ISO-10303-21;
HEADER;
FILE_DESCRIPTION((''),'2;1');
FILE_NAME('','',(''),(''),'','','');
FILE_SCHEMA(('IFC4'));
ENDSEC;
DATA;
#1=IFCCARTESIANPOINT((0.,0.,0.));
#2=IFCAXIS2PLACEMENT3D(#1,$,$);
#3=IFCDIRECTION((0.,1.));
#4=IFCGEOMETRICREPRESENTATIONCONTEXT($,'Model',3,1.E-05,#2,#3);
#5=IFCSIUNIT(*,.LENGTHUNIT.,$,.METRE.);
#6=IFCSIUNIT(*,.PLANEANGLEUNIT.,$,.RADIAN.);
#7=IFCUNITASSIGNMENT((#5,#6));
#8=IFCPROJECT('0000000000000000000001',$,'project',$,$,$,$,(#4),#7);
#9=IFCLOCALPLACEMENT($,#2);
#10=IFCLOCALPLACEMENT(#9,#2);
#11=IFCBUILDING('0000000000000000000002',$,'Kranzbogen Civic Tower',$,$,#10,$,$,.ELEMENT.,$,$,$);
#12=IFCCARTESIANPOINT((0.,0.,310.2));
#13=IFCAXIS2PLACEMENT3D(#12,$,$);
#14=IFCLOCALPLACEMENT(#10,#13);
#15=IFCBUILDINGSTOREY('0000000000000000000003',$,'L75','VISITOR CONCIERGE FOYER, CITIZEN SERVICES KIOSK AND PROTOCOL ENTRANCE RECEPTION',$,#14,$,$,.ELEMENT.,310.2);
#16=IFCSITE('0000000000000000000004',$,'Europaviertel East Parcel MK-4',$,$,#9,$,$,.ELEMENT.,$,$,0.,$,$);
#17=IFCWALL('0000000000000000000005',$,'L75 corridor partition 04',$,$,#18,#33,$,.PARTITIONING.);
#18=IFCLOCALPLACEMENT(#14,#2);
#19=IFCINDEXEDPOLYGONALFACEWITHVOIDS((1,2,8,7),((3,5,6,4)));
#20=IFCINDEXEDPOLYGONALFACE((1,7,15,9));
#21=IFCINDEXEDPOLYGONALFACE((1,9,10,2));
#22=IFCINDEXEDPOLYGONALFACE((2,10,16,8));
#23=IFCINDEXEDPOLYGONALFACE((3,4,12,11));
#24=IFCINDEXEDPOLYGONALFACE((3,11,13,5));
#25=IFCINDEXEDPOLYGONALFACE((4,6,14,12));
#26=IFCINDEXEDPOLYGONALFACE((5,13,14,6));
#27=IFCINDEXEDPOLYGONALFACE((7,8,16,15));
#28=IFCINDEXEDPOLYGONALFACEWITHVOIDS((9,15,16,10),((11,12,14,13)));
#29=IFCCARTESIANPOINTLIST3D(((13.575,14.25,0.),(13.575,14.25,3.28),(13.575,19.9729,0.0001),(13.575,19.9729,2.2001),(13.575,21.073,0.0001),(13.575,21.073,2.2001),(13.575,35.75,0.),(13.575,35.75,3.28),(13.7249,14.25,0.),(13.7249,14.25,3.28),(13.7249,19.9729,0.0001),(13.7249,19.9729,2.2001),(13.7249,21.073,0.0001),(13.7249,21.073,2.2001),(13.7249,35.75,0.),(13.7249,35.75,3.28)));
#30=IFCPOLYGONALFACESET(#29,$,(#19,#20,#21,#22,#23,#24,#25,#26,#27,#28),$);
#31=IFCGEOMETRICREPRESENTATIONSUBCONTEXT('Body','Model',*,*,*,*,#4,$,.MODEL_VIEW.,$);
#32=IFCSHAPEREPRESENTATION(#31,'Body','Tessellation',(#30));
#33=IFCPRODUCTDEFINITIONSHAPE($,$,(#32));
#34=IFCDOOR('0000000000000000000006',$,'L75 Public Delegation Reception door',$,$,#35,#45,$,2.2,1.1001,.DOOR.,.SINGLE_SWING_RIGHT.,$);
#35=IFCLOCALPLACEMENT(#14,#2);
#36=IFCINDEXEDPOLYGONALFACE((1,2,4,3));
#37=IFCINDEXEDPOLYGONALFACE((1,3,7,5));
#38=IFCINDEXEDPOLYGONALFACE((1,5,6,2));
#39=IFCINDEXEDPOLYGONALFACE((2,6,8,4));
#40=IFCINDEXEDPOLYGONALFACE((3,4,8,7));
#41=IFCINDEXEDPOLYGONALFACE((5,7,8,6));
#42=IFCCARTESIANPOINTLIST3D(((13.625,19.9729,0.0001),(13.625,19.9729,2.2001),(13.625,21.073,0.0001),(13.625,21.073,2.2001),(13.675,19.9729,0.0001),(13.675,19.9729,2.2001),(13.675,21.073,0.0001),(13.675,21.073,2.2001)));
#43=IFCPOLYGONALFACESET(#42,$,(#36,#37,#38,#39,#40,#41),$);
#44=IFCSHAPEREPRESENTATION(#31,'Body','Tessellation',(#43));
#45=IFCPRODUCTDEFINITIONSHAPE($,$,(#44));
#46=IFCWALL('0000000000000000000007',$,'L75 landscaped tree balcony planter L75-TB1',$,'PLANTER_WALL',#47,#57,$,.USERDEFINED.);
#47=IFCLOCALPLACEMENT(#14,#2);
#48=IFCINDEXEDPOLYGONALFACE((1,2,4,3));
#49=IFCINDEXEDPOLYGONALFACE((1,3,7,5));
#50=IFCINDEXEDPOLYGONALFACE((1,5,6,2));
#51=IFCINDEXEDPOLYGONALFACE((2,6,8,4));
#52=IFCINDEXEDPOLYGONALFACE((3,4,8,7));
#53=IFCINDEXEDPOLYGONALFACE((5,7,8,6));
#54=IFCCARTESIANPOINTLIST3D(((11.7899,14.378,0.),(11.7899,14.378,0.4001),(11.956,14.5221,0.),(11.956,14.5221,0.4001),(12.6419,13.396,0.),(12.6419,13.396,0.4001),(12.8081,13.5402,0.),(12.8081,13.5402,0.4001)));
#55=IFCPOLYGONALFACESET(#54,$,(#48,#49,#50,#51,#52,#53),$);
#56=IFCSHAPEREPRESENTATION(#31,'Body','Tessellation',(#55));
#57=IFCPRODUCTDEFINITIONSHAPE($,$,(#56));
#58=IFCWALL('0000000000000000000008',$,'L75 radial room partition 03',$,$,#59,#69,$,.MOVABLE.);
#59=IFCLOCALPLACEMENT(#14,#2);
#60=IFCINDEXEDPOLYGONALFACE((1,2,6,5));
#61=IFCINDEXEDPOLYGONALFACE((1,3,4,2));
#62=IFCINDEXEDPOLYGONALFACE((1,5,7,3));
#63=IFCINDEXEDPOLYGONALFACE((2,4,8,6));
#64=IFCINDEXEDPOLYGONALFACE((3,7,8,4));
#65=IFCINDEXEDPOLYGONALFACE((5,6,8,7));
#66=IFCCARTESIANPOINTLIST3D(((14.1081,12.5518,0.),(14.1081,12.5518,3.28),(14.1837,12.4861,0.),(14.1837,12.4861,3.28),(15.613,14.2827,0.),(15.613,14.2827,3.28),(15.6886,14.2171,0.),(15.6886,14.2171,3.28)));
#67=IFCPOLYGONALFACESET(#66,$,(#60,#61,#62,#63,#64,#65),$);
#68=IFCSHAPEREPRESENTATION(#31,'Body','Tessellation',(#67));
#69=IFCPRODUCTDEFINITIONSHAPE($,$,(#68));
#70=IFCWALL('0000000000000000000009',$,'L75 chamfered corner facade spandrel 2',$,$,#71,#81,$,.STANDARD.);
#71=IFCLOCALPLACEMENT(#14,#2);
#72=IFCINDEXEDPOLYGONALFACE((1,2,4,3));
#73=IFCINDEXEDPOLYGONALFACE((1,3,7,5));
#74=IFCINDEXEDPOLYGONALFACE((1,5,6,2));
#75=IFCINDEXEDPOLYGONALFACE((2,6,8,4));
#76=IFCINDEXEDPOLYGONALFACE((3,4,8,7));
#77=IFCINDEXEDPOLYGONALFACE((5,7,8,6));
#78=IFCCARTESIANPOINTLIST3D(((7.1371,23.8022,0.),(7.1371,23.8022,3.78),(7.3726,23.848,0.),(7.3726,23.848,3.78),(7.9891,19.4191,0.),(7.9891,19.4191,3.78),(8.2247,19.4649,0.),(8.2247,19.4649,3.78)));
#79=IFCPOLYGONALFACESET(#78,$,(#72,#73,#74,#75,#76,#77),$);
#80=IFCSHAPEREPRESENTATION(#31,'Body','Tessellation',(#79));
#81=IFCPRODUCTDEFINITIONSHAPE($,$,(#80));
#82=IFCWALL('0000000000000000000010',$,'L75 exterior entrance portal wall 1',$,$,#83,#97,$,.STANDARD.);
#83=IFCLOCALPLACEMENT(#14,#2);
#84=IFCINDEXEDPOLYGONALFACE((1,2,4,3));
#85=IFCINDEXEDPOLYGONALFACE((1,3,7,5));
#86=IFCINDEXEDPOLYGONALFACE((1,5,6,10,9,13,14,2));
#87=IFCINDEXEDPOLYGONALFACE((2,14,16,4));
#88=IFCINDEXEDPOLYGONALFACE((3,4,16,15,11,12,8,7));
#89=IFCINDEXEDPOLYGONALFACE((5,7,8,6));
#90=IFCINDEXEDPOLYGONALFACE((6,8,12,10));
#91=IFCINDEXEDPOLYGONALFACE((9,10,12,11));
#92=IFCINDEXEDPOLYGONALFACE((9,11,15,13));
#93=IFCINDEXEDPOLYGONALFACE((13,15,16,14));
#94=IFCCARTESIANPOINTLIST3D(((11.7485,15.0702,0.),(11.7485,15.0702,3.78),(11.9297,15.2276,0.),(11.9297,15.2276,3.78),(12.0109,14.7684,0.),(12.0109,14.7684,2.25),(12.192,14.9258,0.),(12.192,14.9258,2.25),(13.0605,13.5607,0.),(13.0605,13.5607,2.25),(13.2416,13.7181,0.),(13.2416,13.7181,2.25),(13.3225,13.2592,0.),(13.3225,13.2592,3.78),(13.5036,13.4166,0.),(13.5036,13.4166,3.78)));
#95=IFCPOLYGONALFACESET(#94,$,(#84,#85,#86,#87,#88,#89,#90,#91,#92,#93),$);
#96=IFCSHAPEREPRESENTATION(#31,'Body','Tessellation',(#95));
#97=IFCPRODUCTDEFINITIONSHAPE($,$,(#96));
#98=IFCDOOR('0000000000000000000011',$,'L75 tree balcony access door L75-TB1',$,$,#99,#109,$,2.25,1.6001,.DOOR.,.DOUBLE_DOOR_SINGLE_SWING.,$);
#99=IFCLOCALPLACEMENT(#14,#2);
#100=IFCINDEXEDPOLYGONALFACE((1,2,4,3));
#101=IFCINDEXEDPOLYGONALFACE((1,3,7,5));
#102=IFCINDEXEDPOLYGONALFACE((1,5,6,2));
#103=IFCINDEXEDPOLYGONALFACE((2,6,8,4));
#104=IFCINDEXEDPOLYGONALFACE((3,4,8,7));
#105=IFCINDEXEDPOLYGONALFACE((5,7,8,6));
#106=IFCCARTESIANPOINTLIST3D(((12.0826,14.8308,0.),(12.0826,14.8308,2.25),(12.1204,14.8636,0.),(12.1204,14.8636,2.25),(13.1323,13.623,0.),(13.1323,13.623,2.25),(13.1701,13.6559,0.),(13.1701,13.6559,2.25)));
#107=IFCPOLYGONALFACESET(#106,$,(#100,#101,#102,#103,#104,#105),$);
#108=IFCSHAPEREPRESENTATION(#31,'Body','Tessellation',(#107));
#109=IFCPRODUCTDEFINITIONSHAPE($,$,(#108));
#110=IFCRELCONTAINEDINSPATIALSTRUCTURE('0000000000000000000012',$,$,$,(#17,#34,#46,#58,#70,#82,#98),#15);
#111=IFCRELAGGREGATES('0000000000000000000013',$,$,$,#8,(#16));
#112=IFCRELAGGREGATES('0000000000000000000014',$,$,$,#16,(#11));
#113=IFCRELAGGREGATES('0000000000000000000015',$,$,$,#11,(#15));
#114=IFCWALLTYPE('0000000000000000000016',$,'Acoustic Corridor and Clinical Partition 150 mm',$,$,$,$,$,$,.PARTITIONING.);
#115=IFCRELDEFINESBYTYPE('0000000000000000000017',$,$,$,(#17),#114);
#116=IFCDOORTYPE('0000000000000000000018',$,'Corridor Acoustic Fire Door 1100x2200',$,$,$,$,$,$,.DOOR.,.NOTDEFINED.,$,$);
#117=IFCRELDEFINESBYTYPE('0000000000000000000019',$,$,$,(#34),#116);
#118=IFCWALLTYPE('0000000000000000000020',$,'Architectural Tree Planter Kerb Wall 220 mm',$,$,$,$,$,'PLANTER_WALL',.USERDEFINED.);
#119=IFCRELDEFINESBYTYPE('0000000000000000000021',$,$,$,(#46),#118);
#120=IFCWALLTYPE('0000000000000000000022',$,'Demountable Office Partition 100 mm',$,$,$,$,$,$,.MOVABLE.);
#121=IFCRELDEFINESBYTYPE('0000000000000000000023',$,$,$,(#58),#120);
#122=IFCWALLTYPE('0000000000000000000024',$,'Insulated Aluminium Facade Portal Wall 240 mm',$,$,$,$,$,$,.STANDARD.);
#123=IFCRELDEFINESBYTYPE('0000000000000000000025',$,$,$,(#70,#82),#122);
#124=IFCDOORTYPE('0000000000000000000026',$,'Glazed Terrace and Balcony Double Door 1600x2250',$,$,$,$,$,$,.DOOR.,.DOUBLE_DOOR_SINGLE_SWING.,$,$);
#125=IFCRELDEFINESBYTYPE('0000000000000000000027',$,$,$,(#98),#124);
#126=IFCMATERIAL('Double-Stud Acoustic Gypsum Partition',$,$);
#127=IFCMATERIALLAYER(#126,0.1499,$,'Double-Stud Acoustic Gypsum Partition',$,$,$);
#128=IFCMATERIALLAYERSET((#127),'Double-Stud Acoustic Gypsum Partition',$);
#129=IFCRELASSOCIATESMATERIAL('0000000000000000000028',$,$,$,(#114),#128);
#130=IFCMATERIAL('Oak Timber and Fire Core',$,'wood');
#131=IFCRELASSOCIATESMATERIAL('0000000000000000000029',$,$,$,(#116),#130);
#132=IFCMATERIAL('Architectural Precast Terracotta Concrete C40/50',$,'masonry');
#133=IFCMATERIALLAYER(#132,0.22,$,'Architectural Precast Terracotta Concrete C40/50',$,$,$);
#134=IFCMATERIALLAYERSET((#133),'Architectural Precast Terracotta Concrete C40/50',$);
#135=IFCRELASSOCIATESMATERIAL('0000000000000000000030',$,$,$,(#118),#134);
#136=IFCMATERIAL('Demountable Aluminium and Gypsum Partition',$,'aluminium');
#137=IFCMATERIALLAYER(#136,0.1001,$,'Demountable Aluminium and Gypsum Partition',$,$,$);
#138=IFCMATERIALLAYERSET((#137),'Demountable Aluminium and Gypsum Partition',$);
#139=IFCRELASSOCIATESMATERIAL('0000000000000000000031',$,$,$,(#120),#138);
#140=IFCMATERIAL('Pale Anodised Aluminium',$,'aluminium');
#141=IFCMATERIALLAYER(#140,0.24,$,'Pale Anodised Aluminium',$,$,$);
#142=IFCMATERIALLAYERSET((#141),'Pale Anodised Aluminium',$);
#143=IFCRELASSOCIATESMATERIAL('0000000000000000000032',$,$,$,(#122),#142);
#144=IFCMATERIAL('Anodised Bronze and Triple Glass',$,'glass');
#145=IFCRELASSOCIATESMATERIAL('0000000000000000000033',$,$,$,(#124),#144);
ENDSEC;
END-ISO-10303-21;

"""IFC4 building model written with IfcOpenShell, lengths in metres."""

from ifc_helpers import new_model, si_unit, direction, frame, frame_2d, origin, place, context, subcontext, project, spatial, rectangle, extrude, material, layer, layer_set, type_object, element, fill, save


model = new_model("IFC4")

# Units and contexts
model_context = context("Model", 3, precision=1e-05, world=origin(), true_north=direction((0.0, 1.0)))
body_context = subcontext(model_context, "Body", "Model", "MODEL_VIEW")
ifc_project = project(units=[si_unit("LENGTHUNIT", "METRE"), si_unit("PLANEANGLEUNIT", "RADIAN")], contexts=[model_context])

# Site, building, storey
site_placement = place(None, origin())
site = spatial("IfcSite", under=ifc_project, at=site_placement, Name="Europaviertel East Parcel MK-4", CompositionType="ELEMENT", RefElevation=0.0)
building_placement = place(site_placement, origin())
building = spatial("IfcBuilding", under=site, at=building_placement, Name="Kranzbogen Civic Tower", CompositionType="ELEMENT")
storey_placement = place(building_placement, frame((0.0, 0.0, 310.2)))
storey = spatial("IfcBuildingStorey", under=building, at=storey_placement, Name="L75", Description="VISITOR CONCIERGE FOYER, CITIZEN SERVICES KIOSK AND PROTOCOL ENTRANCE RECEPTION", CompositionType="ELEMENT", Elevation=310.2)

# Shared definitions
ifc_material_1 = material(Name="Pale Anodised Aluminium", Category="aluminium")

# Wall, opening, door
ifc_material_2 = material(Name="Double-Stud Acoustic Gypsum Partition")
ifc_layer_1 = layer(ifc_material_2, 0.1499, Name="Double-Stud Acoustic Gypsum Partition")
ifc_layer_set_1 = layer_set([ifc_layer_1], Name="Double-Stud Acoustic Gypsum Partition")
wall_type_1 = type_object("IfcWallType", Name="Acoustic Corridor and Clinical Partition 150 mm", PredefinedType="PARTITIONING", material=ifc_layer_set_1)
wall_1_placement = place(storey_placement, frame((13.6499, 14.25, 0.0), z_axis=(0.0, 0.0, 1.0), x_axis=(0.0, 1.0, 0.0)))
wall_1 = element("IfcWall", 1, at=wall_1_placement, inside=storey, type_object=wall_type_1, Name="L75 corridor partition 04", PredefinedType="PARTITIONING", context=body_context, shape_type="SweptSolid", body=[
    extrude(rectangle(XDim=21.5, YDim=0.1499, at=frame_2d((10.75, 0.0))), origin(), (0.0, 0.0, 1.0), 3.28),
])
opening_1_placement = place(wall_1_placement, frame((5.7229, 0.0, 0.0)))
opening_1 = element("IfcOpeningElement", 2, at=opening_1_placement, cuts=wall_1, PredefinedType="OPENING", context=body_context, shape_type="SweptSolid", body=[
    extrude(rectangle(XDim=1.1001, YDim=2.2, at=frame_2d((0.55, 1.1001))), frame((0.0, 0.085, 0.0), z_axis=(0.0, -1.0, 0.0), x_axis=(1.0, 0.0, 0.0)), (0.0, 0.0, 1.0), 0.1699),
])
ifc_material_3 = material(Name="Oak Timber and Fire Core", Category="wood")
door_type_1 = type_object("IfcDoorType", Name="Corridor Acoustic Fire Door 1100x2200", OperationType="NOTDEFINED", PredefinedType="DOOR", material=ifc_material_3)
door_1_placement = place(opening_1_placement, origin())
door_1 = element("IfcDoor", 3, at=door_1_placement, inside=storey, type_object=door_type_1, Name="L75 Public Delegation Reception door", OperationType="SINGLE_SWING_RIGHT", OverallHeight=2.2, OverallWidth=1.1001, PredefinedType="DOOR", context=body_context, shape_type="SweptSolid", body=[
    extrude(rectangle(XDim=1.1001, YDim=2.2, at=frame_2d((0.55, 1.1001))), frame((0.0, 0.0249, 0.0), z_axis=(0.0, -1.0, 0.0), x_axis=(1.0, 0.0, 0.0)), (0.0, 0.0, 1.0), 0.05),
])
fill(opening_1, door_1)

# Walls
ifc_material_4 = material(Name="Architectural Precast Terracotta Concrete C40/50", Category="masonry")
ifc_layer_2 = layer(ifc_material_4, 0.22, Name="Architectural Precast Terracotta Concrete C40/50")
ifc_layer_set_2 = layer_set([ifc_layer_2], Name="Architectural Precast Terracotta Concrete C40/50")
wall_type_2 = type_object("IfcWallType", Name="Architectural Tree Planter Kerb Wall 220 mm", ElementType="PLANTER_WALL", PredefinedType="USERDEFINED", material=ifc_layer_set_2)
wall_2_placement = place(storey_placement, frame((11.873, 14.45, 0.0), z_axis=(0.0, 0.0, 1.0), x_axis=(0.655388, -0.755292, 0.0)))
element("IfcWall", 4, at=wall_2_placement, inside=storey, type_object=wall_type_2, Name="L75 landscaped tree balcony planter L75-TB1", ObjectType="PLANTER_WALL", PredefinedType="USERDEFINED", context=body_context, shape_type="SweptSolid", body=[
    extrude(rectangle(XDim=1.3, YDim=0.22, at=frame_2d((0.6499, 0.0))), origin(), (0.0, 0.0, 1.0), 0.4001),
])
ifc_material_5 = material(Name="Demountable Aluminium and Gypsum Partition", Category="aluminium")
ifc_layer_3 = layer(ifc_material_5, 0.1001, Name="Demountable Aluminium and Gypsum Partition")
ifc_layer_set_3 = layer_set([ifc_layer_3], Name="Demountable Aluminium and Gypsum Partition")
wall_type_3 = type_object("IfcWallType", Name="Demountable Office Partition 100 mm", PredefinedType="MOVABLE", material=ifc_layer_set_3)
wall_3_placement = place(storey_placement, frame((15.6509, 14.25, 0.0), z_axis=(0.0, 0.0, 1.0), x_axis=(-0.656105, -0.75467, 0.0)))
element("IfcWall", 5, at=wall_3_placement, inside=storey, type_object=wall_type_3, Name="L75 radial room partition 03", PredefinedType="MOVABLE", context=body_context, shape_type="SweptSolid", body=[
    extrude(rectangle(XDim=2.2937, YDim=0.1001, at=frame_2d((1.147, 0.0))), origin(), (0.0, 0.0, 1.0), 3.28),
])
ifc_layer_4 = layer(ifc_material_1, 0.24, Name="Pale Anodised Aluminium")
ifc_layer_set_4 = layer_set([ifc_layer_4], Name="Pale Anodised Aluminium")
wall_type_4 = type_object("IfcWallType", Name="Insulated Aluminium Facade Portal Wall 240 mm", PredefinedType="STANDARD", material=ifc_layer_set_4)
wall_4_placement = place(storey_placement, frame((7.2549, 23.825, 0.0), z_axis=(0.0, 0.0, 1.0), x_axis=(0.190824, -0.981624, 0.0)))
element("IfcWall", 6, at=wall_4_placement, inside=storey, type_object=wall_type_4, Name="L75 chamfered corner facade spandrel 2", PredefinedType="STANDARD", context=body_context, shape_type="SweptSolid", body=[
    extrude(rectangle(XDim=4.4651, YDim=0.24, at=frame_2d((2.2324, 0.0))), origin(), (0.0, 0.0, 1.0), 3.78),
])

# Wall, opening, door
wall_5_placement = place(storey_placement, frame((11.8391, 15.1489, 0.0), z_axis=(0.0, 0.0, 1.0), x_axis=(0.65598, -0.754779, 0.0)))
wall_5 = element("IfcWall", 7, at=wall_5_placement, inside=storey, type_object=wall_type_4, Name="L75 exterior entrance portal wall 1", PredefinedType="STANDARD", context=body_context, shape_type="SweptSolid", body=[
    extrude(rectangle(XDim=2.3994, YDim=0.24, at=frame_2d((1.1997, 0.0))), origin(), (0.0, 0.0, 1.0), 3.78),
])
opening_2_placement = place(wall_5_placement, frame((0.3999, 0.0, 0.0)))
opening_2 = element("IfcOpeningElement", 8, at=opening_2_placement, cuts=wall_5, PredefinedType="OPENING", context=body_context, shape_type="SweptSolid", body=[
    extrude(rectangle(XDim=1.6001, YDim=2.25, at=frame_2d((0.8, 1.125))), frame((0.0, 0.1299, 0.0), z_axis=(0.0, -1.0, 0.0), x_axis=(1.0, 0.0, 0.0)), (0.0, 0.0, 1.0), 0.26),
])
ifc_material_6 = material(Name="Anodised Bronze and Triple Glass", Category="glass")
door_type_2 = type_object("IfcDoorType", Name="Glazed Terrace and Balcony Double Door 1600x2250", OperationType="DOUBLE_DOOR_SINGLE_SWING", PredefinedType="DOOR", material=ifc_material_6)
door_2_placement = place(opening_2_placement, frame((1.6001, 0.0, 0.0), z_axis=(0.0, 0.0, 1.0), x_axis=(-1.0, 0.0, 0.0)))
door_2 = element("IfcDoor", 9, at=door_2_placement, inside=storey, type_object=door_type_2, Name="L75 tree balcony access door L75-TB1", OperationType="DOUBLE_DOOR_SINGLE_SWING", OverallHeight=2.25, OverallWidth=1.6001, PredefinedType="DOOR", context=body_context, shape_type="SweptSolid", body=[
    extrude(rectangle(XDim=1.6001, YDim=2.25, at=frame_2d((0.8, 1.125))), frame((0.0, 0.0249, 0.0), z_axis=(0.0, -1.0, 0.0), x_axis=(1.0, 0.0, 0.0)), (0.0, 0.0, 1.0), 0.05),
])
fill(opening_2, door_2)

save(model, "model.ifc")
